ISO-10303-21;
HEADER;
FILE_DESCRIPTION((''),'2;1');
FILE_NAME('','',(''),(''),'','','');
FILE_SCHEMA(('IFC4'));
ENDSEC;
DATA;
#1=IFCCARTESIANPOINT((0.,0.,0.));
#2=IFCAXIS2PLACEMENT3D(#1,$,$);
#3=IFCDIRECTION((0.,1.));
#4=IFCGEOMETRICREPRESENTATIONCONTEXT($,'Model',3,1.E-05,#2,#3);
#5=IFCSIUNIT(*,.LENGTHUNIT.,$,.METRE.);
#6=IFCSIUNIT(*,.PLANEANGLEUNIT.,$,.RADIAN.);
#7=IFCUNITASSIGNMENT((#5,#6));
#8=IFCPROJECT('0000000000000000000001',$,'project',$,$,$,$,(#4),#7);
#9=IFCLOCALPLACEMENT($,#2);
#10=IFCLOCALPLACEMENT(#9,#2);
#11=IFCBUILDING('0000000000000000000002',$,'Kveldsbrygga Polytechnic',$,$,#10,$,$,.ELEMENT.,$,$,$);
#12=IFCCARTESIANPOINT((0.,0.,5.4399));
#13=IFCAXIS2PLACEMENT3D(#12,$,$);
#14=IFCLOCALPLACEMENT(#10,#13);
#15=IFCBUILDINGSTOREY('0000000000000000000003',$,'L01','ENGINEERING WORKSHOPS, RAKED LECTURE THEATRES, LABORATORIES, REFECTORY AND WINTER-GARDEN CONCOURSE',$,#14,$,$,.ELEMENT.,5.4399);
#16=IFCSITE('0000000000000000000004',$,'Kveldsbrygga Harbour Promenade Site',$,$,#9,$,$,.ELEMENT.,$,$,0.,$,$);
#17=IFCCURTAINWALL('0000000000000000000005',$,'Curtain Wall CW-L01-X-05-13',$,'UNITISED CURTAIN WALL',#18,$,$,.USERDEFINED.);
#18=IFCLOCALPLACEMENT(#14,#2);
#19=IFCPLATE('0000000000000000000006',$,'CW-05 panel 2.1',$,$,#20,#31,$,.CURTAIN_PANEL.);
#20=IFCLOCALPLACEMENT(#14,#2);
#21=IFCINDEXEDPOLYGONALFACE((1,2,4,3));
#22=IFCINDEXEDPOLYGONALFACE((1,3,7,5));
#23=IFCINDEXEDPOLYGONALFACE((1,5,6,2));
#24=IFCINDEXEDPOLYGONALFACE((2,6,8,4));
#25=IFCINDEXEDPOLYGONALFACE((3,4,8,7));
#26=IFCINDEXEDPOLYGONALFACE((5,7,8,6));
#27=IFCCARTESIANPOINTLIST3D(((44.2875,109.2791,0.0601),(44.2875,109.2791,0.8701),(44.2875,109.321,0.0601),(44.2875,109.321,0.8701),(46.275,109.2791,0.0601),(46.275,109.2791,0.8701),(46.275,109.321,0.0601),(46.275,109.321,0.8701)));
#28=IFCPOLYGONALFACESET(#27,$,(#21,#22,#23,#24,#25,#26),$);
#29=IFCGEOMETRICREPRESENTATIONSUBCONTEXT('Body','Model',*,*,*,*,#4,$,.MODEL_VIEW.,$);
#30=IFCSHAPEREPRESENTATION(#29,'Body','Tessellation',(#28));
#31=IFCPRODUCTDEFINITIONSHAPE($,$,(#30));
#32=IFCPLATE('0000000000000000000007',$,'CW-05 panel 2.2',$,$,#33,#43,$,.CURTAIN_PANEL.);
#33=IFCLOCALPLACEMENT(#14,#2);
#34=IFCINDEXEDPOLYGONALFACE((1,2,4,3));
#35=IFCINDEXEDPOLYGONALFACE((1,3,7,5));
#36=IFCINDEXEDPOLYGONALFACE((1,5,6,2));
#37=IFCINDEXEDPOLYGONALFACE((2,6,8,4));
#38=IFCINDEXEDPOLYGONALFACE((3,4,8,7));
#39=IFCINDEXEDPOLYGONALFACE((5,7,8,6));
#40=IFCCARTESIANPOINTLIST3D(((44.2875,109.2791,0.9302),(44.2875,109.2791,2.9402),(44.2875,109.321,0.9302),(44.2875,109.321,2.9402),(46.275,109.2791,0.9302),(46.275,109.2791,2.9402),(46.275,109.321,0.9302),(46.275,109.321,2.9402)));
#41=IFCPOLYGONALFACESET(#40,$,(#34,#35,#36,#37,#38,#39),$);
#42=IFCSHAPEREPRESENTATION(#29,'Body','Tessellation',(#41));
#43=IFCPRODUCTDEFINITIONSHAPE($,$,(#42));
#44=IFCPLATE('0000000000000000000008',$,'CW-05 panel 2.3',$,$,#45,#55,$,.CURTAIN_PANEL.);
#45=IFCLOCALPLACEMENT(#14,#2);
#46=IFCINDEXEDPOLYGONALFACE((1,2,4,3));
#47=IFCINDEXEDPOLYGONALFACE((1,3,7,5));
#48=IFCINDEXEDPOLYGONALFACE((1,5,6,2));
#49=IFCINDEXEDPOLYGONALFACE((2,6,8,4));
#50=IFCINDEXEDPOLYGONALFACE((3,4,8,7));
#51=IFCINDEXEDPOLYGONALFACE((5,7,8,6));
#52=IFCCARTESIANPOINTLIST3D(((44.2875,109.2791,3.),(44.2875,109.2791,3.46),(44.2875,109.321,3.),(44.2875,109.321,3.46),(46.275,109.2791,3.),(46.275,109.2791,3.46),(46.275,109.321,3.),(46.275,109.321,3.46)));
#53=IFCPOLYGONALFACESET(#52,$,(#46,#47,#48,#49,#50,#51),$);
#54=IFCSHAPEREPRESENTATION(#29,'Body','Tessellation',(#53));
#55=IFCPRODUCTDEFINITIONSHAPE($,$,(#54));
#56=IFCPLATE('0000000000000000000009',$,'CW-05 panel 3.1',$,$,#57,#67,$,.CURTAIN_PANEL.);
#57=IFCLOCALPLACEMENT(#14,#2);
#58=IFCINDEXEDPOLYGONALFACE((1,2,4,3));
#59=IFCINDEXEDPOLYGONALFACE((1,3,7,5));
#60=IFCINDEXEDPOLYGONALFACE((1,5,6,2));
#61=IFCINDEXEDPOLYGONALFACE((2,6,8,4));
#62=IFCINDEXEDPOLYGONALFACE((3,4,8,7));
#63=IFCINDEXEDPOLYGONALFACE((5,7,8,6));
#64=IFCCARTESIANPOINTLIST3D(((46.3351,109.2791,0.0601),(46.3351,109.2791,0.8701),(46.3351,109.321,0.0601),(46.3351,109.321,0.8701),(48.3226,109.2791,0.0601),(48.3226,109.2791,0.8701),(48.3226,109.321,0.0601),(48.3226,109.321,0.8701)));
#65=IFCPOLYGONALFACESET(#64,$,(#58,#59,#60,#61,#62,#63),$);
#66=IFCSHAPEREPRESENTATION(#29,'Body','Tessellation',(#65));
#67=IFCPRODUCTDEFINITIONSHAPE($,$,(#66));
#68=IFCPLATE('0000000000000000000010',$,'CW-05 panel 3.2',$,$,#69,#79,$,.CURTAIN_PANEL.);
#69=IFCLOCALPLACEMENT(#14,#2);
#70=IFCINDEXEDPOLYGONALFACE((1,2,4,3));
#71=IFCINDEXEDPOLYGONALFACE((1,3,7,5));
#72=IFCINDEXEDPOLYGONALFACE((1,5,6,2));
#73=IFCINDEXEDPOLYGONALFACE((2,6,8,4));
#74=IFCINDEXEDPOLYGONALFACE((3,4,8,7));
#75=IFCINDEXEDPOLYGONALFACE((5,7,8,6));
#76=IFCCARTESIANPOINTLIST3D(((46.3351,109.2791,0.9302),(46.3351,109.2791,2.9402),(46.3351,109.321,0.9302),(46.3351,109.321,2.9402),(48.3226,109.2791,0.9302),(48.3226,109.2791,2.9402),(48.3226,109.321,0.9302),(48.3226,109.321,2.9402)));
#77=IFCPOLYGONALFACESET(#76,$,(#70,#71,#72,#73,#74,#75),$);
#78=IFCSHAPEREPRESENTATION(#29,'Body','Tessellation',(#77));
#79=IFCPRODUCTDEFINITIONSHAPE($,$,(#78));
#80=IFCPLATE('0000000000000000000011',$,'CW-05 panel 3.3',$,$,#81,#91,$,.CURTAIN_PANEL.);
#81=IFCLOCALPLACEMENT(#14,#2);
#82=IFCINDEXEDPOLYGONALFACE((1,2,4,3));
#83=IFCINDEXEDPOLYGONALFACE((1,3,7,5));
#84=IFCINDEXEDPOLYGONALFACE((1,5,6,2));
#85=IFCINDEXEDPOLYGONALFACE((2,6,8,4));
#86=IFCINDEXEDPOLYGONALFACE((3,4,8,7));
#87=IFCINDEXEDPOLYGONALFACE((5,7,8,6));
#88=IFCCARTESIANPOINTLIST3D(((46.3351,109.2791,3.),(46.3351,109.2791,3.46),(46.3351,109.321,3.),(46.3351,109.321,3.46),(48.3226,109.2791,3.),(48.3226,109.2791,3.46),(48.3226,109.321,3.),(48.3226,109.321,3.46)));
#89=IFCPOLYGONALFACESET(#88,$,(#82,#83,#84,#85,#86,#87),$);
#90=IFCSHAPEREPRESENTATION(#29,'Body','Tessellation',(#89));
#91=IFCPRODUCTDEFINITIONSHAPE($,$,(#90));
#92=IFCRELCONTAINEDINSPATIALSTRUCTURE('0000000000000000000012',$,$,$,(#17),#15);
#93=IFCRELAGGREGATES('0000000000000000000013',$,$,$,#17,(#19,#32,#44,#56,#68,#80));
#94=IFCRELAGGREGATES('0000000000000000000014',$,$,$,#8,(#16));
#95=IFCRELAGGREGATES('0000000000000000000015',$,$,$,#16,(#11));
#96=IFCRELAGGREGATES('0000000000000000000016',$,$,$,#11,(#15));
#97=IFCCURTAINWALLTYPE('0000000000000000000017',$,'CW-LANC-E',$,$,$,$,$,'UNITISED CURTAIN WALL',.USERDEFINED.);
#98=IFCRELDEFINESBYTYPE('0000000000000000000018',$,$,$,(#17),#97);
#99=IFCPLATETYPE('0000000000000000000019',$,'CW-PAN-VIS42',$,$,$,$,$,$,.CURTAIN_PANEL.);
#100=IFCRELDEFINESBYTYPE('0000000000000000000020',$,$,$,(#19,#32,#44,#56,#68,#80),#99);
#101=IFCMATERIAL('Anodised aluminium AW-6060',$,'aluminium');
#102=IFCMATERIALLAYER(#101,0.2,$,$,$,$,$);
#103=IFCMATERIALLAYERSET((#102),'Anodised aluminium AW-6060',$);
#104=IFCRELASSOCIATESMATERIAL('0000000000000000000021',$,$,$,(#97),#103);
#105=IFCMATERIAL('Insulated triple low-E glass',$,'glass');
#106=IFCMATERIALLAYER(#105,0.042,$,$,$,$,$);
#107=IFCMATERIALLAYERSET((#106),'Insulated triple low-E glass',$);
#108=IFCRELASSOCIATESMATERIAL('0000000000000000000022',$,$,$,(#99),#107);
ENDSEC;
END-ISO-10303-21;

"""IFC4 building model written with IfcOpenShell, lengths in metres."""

from ifc_helpers import new_model, si_unit, direction, frame, origin, origin_2d, place, context, subcontext, project, spatial, rectangle, extrude, material, layer, layer_set, type_object, element, aggregate, save


model = new_model("IFC4")

# Units and contexts
model_context = context("Model", 3, precision=1e-05, world=origin(), true_north=direction((0.0, 1.0)))
body_context = subcontext(model_context, "Body", "Model", "MODEL_VIEW")
ifc_project = project(units=[si_unit("LENGTHUNIT", "METRE"), si_unit("PLANEANGLEUNIT", "RADIAN")], contexts=[model_context])

# Site, building, storey
site_placement = place(None, origin())
site = spatial("IfcSite", under=ifc_project, at=site_placement, Name="Kveldsbrygga Harbour Promenade Site", CompositionType="ELEMENT", RefElevation=0.0)
building_placement = place(site_placement, origin())
building = spatial("IfcBuilding", under=site, at=building_placement, Name="Kveldsbrygga Polytechnic", CompositionType="ELEMENT")
storey_placement = place(building_placement, frame((0.0, 0.0, 5.4399)))
storey = spatial("IfcBuildingStorey", under=building, at=storey_placement, Name="L01", Description="ENGINEERING WORKSHOPS, RAKED LECTURE THEATRES, LABORATORIES, REFECTORY AND WINTER-GARDEN CONCOURSE", CompositionType="ELEMENT", Elevation=5.4399)

# Curtain wall, plates
ifc_material_1 = material(Name="Anodised aluminium AW-6060", Category="aluminium")
ifc_layer_1 = layer(ifc_material_1, 0.2)
ifc_layer_set_1 = layer_set([ifc_layer_1], Name="Anodised aluminium AW-6060")
curtain_wall_type = type_object("IfcCurtainWallType", Name="CW-LANC-E", ElementType="UNITISED CURTAIN WALL", PredefinedType="USERDEFINED", material=ifc_layer_set_1)
curtain_wall_placement = place(storey_placement, origin())
curtain_wall = element("IfcCurtainWall", 1, at=curtain_wall_placement, inside=storey, type_object=curtain_wall_type, Name="Curtain Wall CW-L01-X-05-13", ObjectType="UNITISED CURTAIN WALL", PredefinedType="USERDEFINED")
ifc_material_2 = material(Name="Insulated triple low-E glass", Category="glass")
ifc_layer_2 = layer(ifc_material_2, 0.042)
ifc_layer_set_2 = layer_set([ifc_layer_2], Name="Insulated triple low-E glass")
plate_type = type_object("IfcPlateType", Name="CW-PAN-VIS42", PredefinedType="CURTAIN_PANEL", material=ifc_layer_set_2)
plate_1_placement = place(storey_placement, frame((45.2812, 109.3, 0.0601), z_axis=(0.0, 0.0, 1.0), x_axis=(1.0, 0.0, 0.0)))
plate_1 = element("IfcPlate", 2, at=plate_1_placement, type_object=plate_type, Name="CW-05 panel 2.1", PredefinedType="CURTAIN_PANEL", context=body_context, shape_type="SweptSolid", body=[
    extrude(rectangle(XDim=1.9875, YDim=0.042, at=origin_2d()), origin(), (0.0, 0.0, 1.0), 0.8101),
])
plate_2_placement = place(storey_placement, frame((45.2812, 109.3, 0.9302), z_axis=(0.0, 0.0, 1.0), x_axis=(1.0, 0.0, 0.0)))
plate_2 = element("IfcPlate", 3, at=plate_2_placement, type_object=plate_type, Name="CW-05 panel 2.2", PredefinedType="CURTAIN_PANEL", context=body_context, shape_type="SweptSolid", body=[
    extrude(rectangle(XDim=1.9875, YDim=0.042, at=origin_2d()), origin(), (0.0, 0.0, 1.0), 2.01),
])
plate_3_placement = place(storey_placement, frame((45.2812, 109.3, 3.0), z_axis=(0.0, 0.0, 1.0), x_axis=(1.0, 0.0, 0.0)))
plate_3 = element("IfcPlate", 4, at=plate_3_placement, type_object=plate_type, Name="CW-05 panel 2.3", PredefinedType="CURTAIN_PANEL", context=body_context, shape_type="SweptSolid", body=[
    extrude(rectangle(XDim=1.9875, YDim=0.042, at=origin_2d()), origin(), (0.0, 0.0, 1.0), 0.46),
])
plate_4_placement = place(storey_placement, frame((47.3289, 109.3, 0.0601), z_axis=(0.0, 0.0, 1.0), x_axis=(1.0, 0.0, 0.0)))
plate_4 = element("IfcPlate", 5, at=plate_4_placement, type_object=plate_type, Name="CW-05 panel 3.1", PredefinedType="CURTAIN_PANEL", context=body_context, shape_type="SweptSolid", body=[
    extrude(rectangle(XDim=1.9875, YDim=0.042, at=origin_2d()), origin(), (0.0, 0.0, 1.0), 0.8101),
])
plate_5_placement = place(storey_placement, frame((47.3289, 109.3, 0.9302), z_axis=(0.0, 0.0, 1.0), x_axis=(1.0, 0.0, 0.0)))
plate_5 = element("IfcPlate", 6, at=plate_5_placement, type_object=plate_type, Name="CW-05 panel 3.2", PredefinedType="CURTAIN_PANEL", context=body_context, shape_type="SweptSolid", body=[
    extrude(rectangle(XDim=1.9875, YDim=0.042, at=origin_2d()), origin(), (0.0, 0.0, 1.0), 2.01),
])
plate_6_placement = place(storey_placement, frame((47.3289, 109.3, 3.0), z_axis=(0.0, 0.0, 1.0), x_axis=(1.0, 0.0, 0.0)))
plate_6 = element("IfcPlate", 7, at=plate_6_placement, type_object=plate_type, Name="CW-05 panel 3.3", PredefinedType="CURTAIN_PANEL", context=body_context, shape_type="SweptSolid", body=[
    extrude(rectangle(XDim=1.9875, YDim=0.042, at=origin_2d()), origin(), (0.0, 0.0, 1.0), 0.46),
])
aggregate(curtain_wall, [plate_1, plate_2, plate_3, plate_4, plate_5, plate_6])

save(model, "model.ifc")
